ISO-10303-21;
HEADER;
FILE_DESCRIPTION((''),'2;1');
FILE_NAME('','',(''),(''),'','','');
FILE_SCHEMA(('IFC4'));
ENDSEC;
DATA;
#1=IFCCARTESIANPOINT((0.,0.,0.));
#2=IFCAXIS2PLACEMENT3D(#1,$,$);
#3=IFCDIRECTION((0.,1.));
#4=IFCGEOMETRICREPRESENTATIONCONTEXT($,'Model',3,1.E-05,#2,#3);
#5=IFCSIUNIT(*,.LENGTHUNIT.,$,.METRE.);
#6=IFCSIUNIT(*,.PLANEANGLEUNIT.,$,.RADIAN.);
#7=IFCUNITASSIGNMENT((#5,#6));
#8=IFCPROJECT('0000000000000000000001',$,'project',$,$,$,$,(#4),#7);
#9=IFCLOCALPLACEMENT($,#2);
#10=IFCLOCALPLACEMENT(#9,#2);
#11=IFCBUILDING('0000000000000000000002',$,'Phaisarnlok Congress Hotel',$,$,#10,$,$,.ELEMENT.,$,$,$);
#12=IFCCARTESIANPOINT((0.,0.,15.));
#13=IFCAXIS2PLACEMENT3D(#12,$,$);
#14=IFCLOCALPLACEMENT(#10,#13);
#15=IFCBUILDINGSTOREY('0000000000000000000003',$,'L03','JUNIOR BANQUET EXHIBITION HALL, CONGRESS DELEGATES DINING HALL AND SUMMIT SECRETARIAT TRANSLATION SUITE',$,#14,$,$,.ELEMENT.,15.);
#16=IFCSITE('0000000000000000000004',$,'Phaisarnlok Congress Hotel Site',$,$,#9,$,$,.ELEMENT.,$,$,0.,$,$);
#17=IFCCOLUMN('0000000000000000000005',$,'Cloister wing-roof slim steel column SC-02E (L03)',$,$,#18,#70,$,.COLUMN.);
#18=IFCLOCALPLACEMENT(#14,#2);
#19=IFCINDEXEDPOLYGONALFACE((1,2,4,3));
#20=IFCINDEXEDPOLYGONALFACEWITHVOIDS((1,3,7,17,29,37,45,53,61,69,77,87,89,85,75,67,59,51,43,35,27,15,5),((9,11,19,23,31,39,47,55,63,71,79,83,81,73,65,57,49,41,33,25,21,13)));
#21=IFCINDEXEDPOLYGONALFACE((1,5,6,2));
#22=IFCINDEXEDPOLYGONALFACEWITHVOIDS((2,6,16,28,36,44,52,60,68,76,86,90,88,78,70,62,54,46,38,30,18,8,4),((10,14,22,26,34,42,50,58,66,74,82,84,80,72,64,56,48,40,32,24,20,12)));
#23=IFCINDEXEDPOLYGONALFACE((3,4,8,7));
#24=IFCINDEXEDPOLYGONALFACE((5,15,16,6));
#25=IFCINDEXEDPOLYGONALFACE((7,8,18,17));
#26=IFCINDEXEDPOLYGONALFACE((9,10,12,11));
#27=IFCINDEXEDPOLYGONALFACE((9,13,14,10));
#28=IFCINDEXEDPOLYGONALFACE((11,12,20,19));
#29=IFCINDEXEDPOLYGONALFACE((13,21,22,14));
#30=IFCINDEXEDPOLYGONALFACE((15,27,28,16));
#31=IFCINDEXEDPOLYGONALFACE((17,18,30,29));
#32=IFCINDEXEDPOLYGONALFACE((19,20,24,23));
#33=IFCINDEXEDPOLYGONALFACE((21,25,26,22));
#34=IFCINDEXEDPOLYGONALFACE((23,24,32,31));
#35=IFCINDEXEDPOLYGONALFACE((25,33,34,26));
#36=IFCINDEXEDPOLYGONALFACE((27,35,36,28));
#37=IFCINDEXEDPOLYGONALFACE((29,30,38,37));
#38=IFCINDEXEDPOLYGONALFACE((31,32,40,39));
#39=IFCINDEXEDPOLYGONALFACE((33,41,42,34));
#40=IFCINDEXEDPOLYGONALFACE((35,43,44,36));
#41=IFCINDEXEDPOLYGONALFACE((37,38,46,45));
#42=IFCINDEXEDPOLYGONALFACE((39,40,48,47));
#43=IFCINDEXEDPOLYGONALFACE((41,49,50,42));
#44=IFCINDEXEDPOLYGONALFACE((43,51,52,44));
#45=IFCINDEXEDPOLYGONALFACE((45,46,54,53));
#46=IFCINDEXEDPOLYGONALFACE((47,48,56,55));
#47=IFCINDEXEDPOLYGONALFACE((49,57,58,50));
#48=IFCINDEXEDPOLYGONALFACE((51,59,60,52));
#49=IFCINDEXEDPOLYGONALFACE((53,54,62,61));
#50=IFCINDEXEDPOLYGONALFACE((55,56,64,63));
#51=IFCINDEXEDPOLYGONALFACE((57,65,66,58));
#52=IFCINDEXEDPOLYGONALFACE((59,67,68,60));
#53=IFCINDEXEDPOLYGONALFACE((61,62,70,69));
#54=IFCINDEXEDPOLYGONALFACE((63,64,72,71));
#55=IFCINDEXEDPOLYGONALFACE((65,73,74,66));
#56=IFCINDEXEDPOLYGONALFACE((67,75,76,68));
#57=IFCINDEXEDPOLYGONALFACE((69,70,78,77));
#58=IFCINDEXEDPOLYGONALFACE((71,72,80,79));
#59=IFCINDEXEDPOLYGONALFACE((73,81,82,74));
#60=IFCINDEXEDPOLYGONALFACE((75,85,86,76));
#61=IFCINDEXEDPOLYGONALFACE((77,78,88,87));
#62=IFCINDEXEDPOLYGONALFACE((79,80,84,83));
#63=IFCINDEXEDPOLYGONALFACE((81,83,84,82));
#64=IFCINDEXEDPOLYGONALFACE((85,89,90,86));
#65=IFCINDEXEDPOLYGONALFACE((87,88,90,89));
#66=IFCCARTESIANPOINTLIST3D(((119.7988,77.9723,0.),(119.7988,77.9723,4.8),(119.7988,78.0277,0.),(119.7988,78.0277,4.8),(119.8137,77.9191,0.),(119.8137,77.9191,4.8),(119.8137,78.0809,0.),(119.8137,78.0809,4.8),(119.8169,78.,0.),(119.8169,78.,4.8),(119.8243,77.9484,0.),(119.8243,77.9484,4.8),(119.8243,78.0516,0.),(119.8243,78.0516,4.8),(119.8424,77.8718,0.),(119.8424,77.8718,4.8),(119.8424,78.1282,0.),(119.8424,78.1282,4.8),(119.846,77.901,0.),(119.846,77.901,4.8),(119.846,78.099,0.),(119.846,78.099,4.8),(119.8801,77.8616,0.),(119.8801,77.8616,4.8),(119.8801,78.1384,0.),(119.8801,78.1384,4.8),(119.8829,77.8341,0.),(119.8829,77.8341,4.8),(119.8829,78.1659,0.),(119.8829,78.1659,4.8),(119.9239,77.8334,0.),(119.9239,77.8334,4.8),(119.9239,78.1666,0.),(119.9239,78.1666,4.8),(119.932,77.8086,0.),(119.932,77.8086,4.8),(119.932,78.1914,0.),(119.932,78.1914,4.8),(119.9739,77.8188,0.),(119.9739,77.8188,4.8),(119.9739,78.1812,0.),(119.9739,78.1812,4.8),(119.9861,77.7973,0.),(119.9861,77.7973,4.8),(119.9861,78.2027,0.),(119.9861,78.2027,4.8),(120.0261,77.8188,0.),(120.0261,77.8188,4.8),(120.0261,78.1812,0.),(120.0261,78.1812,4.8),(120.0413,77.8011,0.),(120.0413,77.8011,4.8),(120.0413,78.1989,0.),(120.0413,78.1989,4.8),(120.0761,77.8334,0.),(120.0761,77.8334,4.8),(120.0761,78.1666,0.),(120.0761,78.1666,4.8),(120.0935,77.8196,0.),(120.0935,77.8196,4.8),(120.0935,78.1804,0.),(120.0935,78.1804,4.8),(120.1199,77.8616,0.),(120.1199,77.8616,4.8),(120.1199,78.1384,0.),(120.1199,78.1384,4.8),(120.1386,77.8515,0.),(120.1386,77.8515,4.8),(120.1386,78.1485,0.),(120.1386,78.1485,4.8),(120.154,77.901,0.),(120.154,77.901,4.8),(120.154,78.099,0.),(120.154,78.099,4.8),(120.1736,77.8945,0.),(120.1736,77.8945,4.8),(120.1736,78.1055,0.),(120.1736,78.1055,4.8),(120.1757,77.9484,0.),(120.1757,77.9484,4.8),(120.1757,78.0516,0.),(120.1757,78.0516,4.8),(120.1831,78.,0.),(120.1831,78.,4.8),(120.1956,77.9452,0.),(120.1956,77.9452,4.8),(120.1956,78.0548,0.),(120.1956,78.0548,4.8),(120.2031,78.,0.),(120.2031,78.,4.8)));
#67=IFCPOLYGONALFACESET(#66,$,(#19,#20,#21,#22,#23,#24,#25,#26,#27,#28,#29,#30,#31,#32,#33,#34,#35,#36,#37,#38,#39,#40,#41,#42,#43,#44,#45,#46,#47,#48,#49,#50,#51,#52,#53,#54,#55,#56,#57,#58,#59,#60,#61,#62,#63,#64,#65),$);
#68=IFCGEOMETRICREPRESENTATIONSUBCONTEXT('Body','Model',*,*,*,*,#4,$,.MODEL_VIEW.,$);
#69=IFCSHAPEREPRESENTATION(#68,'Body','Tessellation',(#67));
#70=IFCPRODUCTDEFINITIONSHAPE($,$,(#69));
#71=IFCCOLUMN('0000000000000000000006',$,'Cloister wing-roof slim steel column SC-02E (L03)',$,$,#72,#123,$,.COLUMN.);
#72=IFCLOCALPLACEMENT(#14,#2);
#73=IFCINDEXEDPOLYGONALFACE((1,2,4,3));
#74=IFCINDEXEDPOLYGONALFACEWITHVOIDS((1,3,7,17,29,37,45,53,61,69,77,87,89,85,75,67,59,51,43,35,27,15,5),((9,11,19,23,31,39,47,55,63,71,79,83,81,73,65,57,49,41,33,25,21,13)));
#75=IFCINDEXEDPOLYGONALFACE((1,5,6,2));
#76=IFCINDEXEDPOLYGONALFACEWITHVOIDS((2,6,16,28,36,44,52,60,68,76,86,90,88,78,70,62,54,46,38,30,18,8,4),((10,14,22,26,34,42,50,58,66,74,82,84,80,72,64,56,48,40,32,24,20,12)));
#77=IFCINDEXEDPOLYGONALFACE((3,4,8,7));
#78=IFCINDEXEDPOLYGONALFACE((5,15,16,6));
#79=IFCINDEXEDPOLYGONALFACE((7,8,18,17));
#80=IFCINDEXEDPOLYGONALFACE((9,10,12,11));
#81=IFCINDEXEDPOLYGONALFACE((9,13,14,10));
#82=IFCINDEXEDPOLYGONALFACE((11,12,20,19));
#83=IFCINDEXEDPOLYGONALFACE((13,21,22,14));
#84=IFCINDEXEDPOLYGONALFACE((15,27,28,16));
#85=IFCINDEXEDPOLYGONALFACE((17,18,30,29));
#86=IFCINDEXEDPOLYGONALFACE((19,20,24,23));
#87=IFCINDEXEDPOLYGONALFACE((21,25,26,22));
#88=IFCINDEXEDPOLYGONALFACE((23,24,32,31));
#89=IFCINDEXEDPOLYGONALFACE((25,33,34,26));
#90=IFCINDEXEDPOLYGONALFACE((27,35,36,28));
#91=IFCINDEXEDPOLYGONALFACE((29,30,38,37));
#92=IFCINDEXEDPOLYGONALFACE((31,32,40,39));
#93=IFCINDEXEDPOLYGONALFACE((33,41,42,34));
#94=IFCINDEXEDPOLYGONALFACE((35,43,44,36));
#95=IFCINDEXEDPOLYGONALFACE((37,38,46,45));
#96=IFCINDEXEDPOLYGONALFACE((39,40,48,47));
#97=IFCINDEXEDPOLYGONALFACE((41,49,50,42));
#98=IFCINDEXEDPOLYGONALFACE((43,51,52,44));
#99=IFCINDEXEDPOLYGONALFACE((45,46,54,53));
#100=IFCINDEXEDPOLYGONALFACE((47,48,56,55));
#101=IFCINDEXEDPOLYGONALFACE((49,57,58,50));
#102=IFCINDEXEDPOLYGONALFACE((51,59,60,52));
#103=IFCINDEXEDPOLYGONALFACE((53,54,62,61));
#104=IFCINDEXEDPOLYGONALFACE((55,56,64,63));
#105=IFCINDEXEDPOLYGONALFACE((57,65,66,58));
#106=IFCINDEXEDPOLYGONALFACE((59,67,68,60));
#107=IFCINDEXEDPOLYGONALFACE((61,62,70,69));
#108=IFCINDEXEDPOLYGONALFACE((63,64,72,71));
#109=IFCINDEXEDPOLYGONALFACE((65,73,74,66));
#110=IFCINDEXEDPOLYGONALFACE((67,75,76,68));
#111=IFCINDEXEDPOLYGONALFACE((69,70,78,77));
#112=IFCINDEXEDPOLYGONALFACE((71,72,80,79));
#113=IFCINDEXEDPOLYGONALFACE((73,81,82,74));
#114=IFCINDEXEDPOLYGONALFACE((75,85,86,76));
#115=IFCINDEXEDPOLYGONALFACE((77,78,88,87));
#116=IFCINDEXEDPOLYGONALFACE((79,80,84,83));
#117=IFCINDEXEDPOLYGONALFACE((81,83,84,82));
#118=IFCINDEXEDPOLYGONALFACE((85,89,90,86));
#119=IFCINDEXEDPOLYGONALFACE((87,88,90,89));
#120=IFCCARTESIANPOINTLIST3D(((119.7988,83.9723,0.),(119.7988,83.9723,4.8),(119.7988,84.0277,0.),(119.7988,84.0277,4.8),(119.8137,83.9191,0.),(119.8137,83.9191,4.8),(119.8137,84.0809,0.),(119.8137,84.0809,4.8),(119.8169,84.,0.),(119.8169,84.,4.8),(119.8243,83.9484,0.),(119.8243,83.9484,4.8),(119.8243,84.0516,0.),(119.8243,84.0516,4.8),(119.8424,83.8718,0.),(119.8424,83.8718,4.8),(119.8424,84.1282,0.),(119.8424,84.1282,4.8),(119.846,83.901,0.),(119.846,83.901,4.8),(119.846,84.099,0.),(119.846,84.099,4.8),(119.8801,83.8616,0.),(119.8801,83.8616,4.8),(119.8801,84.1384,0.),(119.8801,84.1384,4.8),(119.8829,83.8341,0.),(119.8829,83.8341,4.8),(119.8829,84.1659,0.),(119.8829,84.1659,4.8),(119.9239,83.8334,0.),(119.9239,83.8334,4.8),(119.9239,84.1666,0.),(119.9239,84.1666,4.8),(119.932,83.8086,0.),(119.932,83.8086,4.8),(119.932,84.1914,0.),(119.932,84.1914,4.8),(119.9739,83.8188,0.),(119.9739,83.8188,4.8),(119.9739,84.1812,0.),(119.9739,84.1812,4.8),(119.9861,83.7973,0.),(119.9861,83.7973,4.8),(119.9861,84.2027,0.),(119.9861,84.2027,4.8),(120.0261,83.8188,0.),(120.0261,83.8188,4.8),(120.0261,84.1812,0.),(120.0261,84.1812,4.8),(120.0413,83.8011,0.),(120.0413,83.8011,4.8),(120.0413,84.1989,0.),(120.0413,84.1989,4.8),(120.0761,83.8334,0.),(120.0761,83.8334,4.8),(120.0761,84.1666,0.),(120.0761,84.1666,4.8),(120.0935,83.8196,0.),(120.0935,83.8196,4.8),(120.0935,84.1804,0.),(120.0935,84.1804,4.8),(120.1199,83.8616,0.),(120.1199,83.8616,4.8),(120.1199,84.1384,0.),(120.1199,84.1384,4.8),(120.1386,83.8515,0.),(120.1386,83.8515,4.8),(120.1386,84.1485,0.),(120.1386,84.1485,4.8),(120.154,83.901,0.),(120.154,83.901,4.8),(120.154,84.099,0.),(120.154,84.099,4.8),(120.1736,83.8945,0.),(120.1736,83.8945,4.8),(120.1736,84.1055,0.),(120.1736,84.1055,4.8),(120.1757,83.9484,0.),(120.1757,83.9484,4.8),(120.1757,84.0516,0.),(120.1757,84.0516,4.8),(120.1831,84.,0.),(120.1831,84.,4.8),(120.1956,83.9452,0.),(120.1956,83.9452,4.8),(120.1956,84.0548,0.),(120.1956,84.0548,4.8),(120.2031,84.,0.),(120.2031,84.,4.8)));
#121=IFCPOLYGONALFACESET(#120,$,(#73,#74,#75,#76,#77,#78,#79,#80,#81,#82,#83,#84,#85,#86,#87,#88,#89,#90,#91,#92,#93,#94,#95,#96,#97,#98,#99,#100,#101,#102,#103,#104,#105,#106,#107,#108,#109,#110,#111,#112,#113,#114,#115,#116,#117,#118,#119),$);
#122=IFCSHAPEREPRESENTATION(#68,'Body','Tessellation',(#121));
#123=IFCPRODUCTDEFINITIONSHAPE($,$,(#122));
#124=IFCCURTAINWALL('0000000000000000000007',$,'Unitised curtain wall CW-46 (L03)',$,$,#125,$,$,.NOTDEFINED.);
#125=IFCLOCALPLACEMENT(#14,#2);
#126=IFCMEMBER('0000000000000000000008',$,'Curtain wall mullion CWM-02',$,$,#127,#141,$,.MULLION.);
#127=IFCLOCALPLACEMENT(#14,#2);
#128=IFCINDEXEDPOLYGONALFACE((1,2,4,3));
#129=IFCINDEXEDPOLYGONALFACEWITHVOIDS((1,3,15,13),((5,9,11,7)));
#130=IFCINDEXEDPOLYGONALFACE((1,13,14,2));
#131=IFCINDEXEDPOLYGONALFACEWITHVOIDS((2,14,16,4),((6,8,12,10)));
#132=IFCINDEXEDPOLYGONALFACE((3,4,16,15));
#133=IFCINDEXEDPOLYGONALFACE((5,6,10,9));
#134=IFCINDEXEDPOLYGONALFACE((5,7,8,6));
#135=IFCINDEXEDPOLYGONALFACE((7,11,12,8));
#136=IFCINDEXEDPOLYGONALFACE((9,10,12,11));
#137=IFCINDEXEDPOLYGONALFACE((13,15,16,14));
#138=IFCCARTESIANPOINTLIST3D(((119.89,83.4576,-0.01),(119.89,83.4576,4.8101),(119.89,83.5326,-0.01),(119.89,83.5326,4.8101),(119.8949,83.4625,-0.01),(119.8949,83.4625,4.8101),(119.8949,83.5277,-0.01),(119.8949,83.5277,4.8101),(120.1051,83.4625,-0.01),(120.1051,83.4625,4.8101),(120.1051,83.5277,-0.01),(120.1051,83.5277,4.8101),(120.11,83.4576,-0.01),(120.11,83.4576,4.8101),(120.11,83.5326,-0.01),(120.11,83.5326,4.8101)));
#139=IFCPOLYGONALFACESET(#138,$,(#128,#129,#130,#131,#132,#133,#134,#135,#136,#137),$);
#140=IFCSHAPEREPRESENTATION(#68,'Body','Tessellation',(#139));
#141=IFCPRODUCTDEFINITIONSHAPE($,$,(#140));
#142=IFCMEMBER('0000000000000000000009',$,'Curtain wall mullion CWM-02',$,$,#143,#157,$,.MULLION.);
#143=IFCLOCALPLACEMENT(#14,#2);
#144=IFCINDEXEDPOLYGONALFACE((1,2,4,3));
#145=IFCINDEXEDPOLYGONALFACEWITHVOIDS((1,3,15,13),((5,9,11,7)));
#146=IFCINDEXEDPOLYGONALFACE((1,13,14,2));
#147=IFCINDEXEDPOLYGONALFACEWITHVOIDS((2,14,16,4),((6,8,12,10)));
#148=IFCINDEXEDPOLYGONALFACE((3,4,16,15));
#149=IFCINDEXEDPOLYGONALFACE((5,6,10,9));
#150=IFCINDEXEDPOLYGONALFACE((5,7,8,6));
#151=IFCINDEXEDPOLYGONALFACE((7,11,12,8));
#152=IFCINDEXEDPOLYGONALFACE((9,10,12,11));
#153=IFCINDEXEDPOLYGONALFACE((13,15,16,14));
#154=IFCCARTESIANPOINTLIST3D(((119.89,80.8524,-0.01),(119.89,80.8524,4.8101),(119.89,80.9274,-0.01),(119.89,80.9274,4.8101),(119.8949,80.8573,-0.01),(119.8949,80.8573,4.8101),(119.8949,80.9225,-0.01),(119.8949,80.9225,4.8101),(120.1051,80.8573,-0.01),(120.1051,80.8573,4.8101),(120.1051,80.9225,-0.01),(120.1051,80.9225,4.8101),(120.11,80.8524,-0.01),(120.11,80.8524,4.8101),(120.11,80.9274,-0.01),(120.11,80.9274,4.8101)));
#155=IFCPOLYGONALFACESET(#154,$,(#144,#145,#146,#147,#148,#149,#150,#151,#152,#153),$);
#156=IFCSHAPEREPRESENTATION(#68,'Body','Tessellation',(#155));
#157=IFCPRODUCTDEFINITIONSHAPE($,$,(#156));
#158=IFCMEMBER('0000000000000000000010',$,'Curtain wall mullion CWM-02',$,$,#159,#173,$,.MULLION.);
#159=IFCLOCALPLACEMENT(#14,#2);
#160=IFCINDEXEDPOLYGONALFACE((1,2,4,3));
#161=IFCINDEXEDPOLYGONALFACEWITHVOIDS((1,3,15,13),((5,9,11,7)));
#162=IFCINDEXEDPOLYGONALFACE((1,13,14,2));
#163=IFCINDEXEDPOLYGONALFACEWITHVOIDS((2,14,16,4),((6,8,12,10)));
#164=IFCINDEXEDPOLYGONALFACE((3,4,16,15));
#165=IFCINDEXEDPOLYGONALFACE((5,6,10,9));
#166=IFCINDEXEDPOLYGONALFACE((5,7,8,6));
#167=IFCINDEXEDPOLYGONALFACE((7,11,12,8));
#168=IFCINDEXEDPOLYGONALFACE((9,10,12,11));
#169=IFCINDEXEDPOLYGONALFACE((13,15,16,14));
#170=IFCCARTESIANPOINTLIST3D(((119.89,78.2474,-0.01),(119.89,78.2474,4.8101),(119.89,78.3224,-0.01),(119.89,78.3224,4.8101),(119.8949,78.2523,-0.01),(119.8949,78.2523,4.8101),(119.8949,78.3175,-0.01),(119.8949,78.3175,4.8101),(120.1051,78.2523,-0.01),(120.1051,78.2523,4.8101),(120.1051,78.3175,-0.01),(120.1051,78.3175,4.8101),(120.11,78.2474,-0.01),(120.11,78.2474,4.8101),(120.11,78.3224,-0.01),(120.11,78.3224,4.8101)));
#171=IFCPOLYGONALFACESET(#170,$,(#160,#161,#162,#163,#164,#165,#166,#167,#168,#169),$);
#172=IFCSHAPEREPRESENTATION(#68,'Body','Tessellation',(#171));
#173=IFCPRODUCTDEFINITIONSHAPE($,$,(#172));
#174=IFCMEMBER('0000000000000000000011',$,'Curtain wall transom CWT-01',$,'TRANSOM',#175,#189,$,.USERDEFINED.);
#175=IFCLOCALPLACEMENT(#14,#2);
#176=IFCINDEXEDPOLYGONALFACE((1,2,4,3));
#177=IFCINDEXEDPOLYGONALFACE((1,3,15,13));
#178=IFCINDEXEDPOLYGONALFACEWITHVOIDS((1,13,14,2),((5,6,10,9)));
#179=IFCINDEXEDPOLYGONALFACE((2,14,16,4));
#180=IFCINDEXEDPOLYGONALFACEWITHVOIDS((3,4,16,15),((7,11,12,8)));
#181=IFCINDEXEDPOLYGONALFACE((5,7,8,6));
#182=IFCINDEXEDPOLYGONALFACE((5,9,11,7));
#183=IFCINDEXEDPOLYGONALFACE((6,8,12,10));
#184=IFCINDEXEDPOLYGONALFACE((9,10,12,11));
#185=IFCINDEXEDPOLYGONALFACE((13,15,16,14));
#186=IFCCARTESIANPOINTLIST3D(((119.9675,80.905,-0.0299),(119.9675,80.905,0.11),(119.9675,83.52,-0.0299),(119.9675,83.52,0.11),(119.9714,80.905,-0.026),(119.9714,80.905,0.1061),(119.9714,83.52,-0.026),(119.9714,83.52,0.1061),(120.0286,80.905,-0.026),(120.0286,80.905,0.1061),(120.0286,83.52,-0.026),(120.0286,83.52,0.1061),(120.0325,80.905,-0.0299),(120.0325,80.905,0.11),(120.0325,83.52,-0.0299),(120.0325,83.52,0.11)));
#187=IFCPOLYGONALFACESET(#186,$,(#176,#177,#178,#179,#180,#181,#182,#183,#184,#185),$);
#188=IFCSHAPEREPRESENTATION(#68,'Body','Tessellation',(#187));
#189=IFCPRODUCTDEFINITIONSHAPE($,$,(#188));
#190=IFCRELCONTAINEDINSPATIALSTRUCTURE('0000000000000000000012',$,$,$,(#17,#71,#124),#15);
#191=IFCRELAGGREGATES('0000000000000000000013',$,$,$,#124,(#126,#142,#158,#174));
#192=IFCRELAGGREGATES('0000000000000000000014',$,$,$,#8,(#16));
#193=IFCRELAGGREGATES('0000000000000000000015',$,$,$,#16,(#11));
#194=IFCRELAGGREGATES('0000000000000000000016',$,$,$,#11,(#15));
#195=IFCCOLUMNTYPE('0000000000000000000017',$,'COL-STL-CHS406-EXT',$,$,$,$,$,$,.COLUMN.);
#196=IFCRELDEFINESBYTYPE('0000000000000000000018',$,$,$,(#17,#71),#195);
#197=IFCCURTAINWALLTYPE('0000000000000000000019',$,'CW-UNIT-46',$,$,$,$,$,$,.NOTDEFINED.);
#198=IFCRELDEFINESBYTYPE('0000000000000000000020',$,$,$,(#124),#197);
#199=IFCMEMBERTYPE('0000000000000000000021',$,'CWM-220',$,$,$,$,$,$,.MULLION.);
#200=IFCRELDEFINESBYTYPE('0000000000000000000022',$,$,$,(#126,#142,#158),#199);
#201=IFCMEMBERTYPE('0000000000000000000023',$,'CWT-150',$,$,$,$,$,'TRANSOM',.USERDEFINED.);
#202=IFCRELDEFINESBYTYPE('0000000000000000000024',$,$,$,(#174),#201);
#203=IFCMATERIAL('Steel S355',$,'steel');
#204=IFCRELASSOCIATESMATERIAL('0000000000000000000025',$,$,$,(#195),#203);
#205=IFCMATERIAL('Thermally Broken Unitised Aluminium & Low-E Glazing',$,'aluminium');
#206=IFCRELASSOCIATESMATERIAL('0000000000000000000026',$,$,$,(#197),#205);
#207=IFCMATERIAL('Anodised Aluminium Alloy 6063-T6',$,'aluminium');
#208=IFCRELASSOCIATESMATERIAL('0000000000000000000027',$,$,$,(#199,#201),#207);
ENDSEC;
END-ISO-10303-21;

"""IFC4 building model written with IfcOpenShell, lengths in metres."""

from ifc_helpers import new_model, si_unit, direction, frame, origin, origin_2d, place, context, subcontext, project, spatial, hollow_rectangle, hollow_circle, extrude, material, material_profile, profile_set, type_object, element, aggregate, save


model = new_model("IFC4")

# Units and contexts
model_context = context("Model", 3, precision=1e-05, world=origin(), true_north=direction((0.0, 1.0)))
body_context = subcontext(model_context, "Body", "Model", "MODEL_VIEW")
ifc_project = project(units=[si_unit("LENGTHUNIT", "METRE"), si_unit("PLANEANGLEUNIT", "RADIAN")], contexts=[model_context])

# Site, building, storey
site_placement = place(None, origin())
site = spatial("IfcSite", under=ifc_project, at=site_placement, Name="Phaisarnlok Congress Hotel Site", CompositionType="ELEMENT", RefElevation=0.0)
building_placement = place(site_placement, origin())
building = spatial("IfcBuilding", under=site, at=building_placement, Name="Phaisarnlok Congress Hotel", CompositionType="ELEMENT")
storey_placement = place(building_placement, frame((0.0, 0.0, 15.0)))
storey = spatial("IfcBuildingStorey", under=building, at=storey_placement, Name="L03", Description="JUNIOR BANQUET EXHIBITION HALL, CONGRESS DELEGATES DINING HALL AND SUMMIT SECRETARIAT TRANSLATION SUITE", CompositionType="ELEMENT", Elevation=15.0)

# Columns
ifc_material_1 = material(Name="Steel S355", Category="steel")
ifc_material_profile_1 = material_profile(ifc_material_1, hollow_circle(Radius=0.2031, WallThickness=0.02, at=origin_2d()), Name="CHS 406.4x20")
ifc_profile_set_1 = profile_set([ifc_material_profile_1], Name="Steel S355")
column_type_1 = type_object("IfcColumnType", Name="COL-STL-CHS406-EXT", PredefinedType="COLUMN", material=ifc_profile_set_1)
for number, where, z_axis, x_axis, name in (
    (1, (120.0, 78.0, 0.0), (0.0, 0.0, 1.0), (1.0, 0.0, 0.0), "Cloister wing-roof slim steel column SC-02E (L03)"),
    (2, (120.0, 84.0, 0.0), (0.0, 0.0, 1.0), (1.0, 0.0, 0.0), "Cloister wing-roof slim steel column SC-02E (L03)"),
):
    element("IfcColumn", number, at=place(storey_placement, frame(where, z_axis=z_axis, x_axis=x_axis)), inside=storey, type_object=column_type_1, Name=name, PredefinedType="COLUMN", context=body_context, shape_type="SweptSolid", body=[
        extrude(hollow_circle(Radius=0.2031, WallThickness=0.02, at=origin_2d()), origin(), (0.0, 0.0, 1.0), 4.8),
    ])

# Curtain wall, members
ifc_material_2 = material(Name="Thermally Broken Unitised Aluminium & Low-E Glazing", Category="aluminium")
curtain_wall_type_1 = type_object("IfcCurtainWallType", Name="CW-UNIT-46", PredefinedType="NOTDEFINED", material=ifc_material_2)
curtain_wall_1_placement = place(storey_placement, origin())
curtain_wall_1 = element("IfcCurtainWall", 3, at=curtain_wall_1_placement, inside=storey, type_object=curtain_wall_type_1, Name="Unitised curtain wall CW-46 (L03)", PredefinedType="NOTDEFINED")
ifc_material_3 = material(Name="Anodised Aluminium Alloy 6063-T6", Category="aluminium")
ifc_material_profile_2 = material_profile(ifc_material_3, hollow_rectangle(XDim=0.075, YDim=0.22, WallThickness=0.0049, at=origin_2d()), Name="ALU-M 75x220x5")
ifc_profile_set_2 = profile_set([ifc_material_profile_2], Name="Anodised Aluminium Alloy 6063-T6")
member_type_1 = type_object("IfcMemberType", Name="CWM-220", PredefinedType="MULLION", material=ifc_profile_set_2)
member_1_placement = place(storey_placement, frame((120.0, 83.4951, -0.01), z_axis=(0.0, 0.0, 1.0), x_axis=(0.0, -1.0, 0.0)))
member_1 = element("IfcMember", 4, at=member_1_placement, type_object=member_type_1, Name="Curtain wall mullion CWM-02", PredefinedType="MULLION", context=body_context, shape_type="SweptSolid", body=[
    extrude(hollow_rectangle(XDim=0.075, YDim=0.22, WallThickness=0.0049, at=origin_2d()), origin(), (0.0, 0.0, 1.0), 4.8201),
])
member_2_placement = place(storey_placement, frame((120.0, 80.8899, -0.01), z_axis=(0.0, 0.0, 1.0), x_axis=(0.0, -1.0, 0.0)))
member_2 = element("IfcMember", 5, at=member_2_placement, type_object=member_type_1, Name="Curtain wall mullion CWM-02", PredefinedType="MULLION", context=body_context, shape_type="SweptSolid", body=[
    extrude(hollow_rectangle(XDim=0.075, YDim=0.22, WallThickness=0.0049, at=origin_2d()), origin(), (0.0, 0.0, 1.0), 4.8201),
])
member_3_placement = place(storey_placement, frame((120.0, 78.2849, -0.01), z_axis=(0.0, 0.0, 1.0), x_axis=(0.0, -1.0, 0.0)))
member_3 = element("IfcMember", 6, at=member_3_placement, type_object=member_type_1, Name="Curtain wall mullion CWM-02", PredefinedType="MULLION", context=body_context, shape_type="SweptSolid", body=[
    extrude(hollow_rectangle(XDim=0.075, YDim=0.22, WallThickness=0.0049, at=origin_2d()), origin(), (0.0, 0.0, 1.0), 4.8201),
])
ifc_material_profile_3 = material_profile(ifc_material_3, hollow_rectangle(XDim=0.0649, YDim=0.1399, WallThickness=0.0039, at=origin_2d()), Name="ALU-T 65x140x4")
ifc_profile_set_3 = profile_set([ifc_material_profile_3], Name="Anodised Aluminium Alloy 6063-T6")
member_type_2 = type_object("IfcMemberType", Name="CWT-150", ElementType="TRANSOM", PredefinedType="USERDEFINED", material=ifc_profile_set_3)
member_4_placement = place(storey_placement, frame((120.0, 83.52, 0.04), z_axis=(0.0, -1.0, 0.0), x_axis=(1.0, 0.0, 0.0)))
member_4 = element("IfcMember", 7, at=member_4_placement, type_object=member_type_2, Name="Curtain wall transom CWT-01", ObjectType="TRANSOM", PredefinedType="USERDEFINED", context=body_context, shape_type="SweptSolid", body=[
    extrude(hollow_rectangle(XDim=0.0649, YDim=0.1399, WallThickness=0.0039, at=origin_2d()), origin(), (0.0, 0.0, 1.0), 2.615),
])

aggregate(curtain_wall_1, [member_1, member_2, member_3, member_4])

save(model, "model.ifc")
